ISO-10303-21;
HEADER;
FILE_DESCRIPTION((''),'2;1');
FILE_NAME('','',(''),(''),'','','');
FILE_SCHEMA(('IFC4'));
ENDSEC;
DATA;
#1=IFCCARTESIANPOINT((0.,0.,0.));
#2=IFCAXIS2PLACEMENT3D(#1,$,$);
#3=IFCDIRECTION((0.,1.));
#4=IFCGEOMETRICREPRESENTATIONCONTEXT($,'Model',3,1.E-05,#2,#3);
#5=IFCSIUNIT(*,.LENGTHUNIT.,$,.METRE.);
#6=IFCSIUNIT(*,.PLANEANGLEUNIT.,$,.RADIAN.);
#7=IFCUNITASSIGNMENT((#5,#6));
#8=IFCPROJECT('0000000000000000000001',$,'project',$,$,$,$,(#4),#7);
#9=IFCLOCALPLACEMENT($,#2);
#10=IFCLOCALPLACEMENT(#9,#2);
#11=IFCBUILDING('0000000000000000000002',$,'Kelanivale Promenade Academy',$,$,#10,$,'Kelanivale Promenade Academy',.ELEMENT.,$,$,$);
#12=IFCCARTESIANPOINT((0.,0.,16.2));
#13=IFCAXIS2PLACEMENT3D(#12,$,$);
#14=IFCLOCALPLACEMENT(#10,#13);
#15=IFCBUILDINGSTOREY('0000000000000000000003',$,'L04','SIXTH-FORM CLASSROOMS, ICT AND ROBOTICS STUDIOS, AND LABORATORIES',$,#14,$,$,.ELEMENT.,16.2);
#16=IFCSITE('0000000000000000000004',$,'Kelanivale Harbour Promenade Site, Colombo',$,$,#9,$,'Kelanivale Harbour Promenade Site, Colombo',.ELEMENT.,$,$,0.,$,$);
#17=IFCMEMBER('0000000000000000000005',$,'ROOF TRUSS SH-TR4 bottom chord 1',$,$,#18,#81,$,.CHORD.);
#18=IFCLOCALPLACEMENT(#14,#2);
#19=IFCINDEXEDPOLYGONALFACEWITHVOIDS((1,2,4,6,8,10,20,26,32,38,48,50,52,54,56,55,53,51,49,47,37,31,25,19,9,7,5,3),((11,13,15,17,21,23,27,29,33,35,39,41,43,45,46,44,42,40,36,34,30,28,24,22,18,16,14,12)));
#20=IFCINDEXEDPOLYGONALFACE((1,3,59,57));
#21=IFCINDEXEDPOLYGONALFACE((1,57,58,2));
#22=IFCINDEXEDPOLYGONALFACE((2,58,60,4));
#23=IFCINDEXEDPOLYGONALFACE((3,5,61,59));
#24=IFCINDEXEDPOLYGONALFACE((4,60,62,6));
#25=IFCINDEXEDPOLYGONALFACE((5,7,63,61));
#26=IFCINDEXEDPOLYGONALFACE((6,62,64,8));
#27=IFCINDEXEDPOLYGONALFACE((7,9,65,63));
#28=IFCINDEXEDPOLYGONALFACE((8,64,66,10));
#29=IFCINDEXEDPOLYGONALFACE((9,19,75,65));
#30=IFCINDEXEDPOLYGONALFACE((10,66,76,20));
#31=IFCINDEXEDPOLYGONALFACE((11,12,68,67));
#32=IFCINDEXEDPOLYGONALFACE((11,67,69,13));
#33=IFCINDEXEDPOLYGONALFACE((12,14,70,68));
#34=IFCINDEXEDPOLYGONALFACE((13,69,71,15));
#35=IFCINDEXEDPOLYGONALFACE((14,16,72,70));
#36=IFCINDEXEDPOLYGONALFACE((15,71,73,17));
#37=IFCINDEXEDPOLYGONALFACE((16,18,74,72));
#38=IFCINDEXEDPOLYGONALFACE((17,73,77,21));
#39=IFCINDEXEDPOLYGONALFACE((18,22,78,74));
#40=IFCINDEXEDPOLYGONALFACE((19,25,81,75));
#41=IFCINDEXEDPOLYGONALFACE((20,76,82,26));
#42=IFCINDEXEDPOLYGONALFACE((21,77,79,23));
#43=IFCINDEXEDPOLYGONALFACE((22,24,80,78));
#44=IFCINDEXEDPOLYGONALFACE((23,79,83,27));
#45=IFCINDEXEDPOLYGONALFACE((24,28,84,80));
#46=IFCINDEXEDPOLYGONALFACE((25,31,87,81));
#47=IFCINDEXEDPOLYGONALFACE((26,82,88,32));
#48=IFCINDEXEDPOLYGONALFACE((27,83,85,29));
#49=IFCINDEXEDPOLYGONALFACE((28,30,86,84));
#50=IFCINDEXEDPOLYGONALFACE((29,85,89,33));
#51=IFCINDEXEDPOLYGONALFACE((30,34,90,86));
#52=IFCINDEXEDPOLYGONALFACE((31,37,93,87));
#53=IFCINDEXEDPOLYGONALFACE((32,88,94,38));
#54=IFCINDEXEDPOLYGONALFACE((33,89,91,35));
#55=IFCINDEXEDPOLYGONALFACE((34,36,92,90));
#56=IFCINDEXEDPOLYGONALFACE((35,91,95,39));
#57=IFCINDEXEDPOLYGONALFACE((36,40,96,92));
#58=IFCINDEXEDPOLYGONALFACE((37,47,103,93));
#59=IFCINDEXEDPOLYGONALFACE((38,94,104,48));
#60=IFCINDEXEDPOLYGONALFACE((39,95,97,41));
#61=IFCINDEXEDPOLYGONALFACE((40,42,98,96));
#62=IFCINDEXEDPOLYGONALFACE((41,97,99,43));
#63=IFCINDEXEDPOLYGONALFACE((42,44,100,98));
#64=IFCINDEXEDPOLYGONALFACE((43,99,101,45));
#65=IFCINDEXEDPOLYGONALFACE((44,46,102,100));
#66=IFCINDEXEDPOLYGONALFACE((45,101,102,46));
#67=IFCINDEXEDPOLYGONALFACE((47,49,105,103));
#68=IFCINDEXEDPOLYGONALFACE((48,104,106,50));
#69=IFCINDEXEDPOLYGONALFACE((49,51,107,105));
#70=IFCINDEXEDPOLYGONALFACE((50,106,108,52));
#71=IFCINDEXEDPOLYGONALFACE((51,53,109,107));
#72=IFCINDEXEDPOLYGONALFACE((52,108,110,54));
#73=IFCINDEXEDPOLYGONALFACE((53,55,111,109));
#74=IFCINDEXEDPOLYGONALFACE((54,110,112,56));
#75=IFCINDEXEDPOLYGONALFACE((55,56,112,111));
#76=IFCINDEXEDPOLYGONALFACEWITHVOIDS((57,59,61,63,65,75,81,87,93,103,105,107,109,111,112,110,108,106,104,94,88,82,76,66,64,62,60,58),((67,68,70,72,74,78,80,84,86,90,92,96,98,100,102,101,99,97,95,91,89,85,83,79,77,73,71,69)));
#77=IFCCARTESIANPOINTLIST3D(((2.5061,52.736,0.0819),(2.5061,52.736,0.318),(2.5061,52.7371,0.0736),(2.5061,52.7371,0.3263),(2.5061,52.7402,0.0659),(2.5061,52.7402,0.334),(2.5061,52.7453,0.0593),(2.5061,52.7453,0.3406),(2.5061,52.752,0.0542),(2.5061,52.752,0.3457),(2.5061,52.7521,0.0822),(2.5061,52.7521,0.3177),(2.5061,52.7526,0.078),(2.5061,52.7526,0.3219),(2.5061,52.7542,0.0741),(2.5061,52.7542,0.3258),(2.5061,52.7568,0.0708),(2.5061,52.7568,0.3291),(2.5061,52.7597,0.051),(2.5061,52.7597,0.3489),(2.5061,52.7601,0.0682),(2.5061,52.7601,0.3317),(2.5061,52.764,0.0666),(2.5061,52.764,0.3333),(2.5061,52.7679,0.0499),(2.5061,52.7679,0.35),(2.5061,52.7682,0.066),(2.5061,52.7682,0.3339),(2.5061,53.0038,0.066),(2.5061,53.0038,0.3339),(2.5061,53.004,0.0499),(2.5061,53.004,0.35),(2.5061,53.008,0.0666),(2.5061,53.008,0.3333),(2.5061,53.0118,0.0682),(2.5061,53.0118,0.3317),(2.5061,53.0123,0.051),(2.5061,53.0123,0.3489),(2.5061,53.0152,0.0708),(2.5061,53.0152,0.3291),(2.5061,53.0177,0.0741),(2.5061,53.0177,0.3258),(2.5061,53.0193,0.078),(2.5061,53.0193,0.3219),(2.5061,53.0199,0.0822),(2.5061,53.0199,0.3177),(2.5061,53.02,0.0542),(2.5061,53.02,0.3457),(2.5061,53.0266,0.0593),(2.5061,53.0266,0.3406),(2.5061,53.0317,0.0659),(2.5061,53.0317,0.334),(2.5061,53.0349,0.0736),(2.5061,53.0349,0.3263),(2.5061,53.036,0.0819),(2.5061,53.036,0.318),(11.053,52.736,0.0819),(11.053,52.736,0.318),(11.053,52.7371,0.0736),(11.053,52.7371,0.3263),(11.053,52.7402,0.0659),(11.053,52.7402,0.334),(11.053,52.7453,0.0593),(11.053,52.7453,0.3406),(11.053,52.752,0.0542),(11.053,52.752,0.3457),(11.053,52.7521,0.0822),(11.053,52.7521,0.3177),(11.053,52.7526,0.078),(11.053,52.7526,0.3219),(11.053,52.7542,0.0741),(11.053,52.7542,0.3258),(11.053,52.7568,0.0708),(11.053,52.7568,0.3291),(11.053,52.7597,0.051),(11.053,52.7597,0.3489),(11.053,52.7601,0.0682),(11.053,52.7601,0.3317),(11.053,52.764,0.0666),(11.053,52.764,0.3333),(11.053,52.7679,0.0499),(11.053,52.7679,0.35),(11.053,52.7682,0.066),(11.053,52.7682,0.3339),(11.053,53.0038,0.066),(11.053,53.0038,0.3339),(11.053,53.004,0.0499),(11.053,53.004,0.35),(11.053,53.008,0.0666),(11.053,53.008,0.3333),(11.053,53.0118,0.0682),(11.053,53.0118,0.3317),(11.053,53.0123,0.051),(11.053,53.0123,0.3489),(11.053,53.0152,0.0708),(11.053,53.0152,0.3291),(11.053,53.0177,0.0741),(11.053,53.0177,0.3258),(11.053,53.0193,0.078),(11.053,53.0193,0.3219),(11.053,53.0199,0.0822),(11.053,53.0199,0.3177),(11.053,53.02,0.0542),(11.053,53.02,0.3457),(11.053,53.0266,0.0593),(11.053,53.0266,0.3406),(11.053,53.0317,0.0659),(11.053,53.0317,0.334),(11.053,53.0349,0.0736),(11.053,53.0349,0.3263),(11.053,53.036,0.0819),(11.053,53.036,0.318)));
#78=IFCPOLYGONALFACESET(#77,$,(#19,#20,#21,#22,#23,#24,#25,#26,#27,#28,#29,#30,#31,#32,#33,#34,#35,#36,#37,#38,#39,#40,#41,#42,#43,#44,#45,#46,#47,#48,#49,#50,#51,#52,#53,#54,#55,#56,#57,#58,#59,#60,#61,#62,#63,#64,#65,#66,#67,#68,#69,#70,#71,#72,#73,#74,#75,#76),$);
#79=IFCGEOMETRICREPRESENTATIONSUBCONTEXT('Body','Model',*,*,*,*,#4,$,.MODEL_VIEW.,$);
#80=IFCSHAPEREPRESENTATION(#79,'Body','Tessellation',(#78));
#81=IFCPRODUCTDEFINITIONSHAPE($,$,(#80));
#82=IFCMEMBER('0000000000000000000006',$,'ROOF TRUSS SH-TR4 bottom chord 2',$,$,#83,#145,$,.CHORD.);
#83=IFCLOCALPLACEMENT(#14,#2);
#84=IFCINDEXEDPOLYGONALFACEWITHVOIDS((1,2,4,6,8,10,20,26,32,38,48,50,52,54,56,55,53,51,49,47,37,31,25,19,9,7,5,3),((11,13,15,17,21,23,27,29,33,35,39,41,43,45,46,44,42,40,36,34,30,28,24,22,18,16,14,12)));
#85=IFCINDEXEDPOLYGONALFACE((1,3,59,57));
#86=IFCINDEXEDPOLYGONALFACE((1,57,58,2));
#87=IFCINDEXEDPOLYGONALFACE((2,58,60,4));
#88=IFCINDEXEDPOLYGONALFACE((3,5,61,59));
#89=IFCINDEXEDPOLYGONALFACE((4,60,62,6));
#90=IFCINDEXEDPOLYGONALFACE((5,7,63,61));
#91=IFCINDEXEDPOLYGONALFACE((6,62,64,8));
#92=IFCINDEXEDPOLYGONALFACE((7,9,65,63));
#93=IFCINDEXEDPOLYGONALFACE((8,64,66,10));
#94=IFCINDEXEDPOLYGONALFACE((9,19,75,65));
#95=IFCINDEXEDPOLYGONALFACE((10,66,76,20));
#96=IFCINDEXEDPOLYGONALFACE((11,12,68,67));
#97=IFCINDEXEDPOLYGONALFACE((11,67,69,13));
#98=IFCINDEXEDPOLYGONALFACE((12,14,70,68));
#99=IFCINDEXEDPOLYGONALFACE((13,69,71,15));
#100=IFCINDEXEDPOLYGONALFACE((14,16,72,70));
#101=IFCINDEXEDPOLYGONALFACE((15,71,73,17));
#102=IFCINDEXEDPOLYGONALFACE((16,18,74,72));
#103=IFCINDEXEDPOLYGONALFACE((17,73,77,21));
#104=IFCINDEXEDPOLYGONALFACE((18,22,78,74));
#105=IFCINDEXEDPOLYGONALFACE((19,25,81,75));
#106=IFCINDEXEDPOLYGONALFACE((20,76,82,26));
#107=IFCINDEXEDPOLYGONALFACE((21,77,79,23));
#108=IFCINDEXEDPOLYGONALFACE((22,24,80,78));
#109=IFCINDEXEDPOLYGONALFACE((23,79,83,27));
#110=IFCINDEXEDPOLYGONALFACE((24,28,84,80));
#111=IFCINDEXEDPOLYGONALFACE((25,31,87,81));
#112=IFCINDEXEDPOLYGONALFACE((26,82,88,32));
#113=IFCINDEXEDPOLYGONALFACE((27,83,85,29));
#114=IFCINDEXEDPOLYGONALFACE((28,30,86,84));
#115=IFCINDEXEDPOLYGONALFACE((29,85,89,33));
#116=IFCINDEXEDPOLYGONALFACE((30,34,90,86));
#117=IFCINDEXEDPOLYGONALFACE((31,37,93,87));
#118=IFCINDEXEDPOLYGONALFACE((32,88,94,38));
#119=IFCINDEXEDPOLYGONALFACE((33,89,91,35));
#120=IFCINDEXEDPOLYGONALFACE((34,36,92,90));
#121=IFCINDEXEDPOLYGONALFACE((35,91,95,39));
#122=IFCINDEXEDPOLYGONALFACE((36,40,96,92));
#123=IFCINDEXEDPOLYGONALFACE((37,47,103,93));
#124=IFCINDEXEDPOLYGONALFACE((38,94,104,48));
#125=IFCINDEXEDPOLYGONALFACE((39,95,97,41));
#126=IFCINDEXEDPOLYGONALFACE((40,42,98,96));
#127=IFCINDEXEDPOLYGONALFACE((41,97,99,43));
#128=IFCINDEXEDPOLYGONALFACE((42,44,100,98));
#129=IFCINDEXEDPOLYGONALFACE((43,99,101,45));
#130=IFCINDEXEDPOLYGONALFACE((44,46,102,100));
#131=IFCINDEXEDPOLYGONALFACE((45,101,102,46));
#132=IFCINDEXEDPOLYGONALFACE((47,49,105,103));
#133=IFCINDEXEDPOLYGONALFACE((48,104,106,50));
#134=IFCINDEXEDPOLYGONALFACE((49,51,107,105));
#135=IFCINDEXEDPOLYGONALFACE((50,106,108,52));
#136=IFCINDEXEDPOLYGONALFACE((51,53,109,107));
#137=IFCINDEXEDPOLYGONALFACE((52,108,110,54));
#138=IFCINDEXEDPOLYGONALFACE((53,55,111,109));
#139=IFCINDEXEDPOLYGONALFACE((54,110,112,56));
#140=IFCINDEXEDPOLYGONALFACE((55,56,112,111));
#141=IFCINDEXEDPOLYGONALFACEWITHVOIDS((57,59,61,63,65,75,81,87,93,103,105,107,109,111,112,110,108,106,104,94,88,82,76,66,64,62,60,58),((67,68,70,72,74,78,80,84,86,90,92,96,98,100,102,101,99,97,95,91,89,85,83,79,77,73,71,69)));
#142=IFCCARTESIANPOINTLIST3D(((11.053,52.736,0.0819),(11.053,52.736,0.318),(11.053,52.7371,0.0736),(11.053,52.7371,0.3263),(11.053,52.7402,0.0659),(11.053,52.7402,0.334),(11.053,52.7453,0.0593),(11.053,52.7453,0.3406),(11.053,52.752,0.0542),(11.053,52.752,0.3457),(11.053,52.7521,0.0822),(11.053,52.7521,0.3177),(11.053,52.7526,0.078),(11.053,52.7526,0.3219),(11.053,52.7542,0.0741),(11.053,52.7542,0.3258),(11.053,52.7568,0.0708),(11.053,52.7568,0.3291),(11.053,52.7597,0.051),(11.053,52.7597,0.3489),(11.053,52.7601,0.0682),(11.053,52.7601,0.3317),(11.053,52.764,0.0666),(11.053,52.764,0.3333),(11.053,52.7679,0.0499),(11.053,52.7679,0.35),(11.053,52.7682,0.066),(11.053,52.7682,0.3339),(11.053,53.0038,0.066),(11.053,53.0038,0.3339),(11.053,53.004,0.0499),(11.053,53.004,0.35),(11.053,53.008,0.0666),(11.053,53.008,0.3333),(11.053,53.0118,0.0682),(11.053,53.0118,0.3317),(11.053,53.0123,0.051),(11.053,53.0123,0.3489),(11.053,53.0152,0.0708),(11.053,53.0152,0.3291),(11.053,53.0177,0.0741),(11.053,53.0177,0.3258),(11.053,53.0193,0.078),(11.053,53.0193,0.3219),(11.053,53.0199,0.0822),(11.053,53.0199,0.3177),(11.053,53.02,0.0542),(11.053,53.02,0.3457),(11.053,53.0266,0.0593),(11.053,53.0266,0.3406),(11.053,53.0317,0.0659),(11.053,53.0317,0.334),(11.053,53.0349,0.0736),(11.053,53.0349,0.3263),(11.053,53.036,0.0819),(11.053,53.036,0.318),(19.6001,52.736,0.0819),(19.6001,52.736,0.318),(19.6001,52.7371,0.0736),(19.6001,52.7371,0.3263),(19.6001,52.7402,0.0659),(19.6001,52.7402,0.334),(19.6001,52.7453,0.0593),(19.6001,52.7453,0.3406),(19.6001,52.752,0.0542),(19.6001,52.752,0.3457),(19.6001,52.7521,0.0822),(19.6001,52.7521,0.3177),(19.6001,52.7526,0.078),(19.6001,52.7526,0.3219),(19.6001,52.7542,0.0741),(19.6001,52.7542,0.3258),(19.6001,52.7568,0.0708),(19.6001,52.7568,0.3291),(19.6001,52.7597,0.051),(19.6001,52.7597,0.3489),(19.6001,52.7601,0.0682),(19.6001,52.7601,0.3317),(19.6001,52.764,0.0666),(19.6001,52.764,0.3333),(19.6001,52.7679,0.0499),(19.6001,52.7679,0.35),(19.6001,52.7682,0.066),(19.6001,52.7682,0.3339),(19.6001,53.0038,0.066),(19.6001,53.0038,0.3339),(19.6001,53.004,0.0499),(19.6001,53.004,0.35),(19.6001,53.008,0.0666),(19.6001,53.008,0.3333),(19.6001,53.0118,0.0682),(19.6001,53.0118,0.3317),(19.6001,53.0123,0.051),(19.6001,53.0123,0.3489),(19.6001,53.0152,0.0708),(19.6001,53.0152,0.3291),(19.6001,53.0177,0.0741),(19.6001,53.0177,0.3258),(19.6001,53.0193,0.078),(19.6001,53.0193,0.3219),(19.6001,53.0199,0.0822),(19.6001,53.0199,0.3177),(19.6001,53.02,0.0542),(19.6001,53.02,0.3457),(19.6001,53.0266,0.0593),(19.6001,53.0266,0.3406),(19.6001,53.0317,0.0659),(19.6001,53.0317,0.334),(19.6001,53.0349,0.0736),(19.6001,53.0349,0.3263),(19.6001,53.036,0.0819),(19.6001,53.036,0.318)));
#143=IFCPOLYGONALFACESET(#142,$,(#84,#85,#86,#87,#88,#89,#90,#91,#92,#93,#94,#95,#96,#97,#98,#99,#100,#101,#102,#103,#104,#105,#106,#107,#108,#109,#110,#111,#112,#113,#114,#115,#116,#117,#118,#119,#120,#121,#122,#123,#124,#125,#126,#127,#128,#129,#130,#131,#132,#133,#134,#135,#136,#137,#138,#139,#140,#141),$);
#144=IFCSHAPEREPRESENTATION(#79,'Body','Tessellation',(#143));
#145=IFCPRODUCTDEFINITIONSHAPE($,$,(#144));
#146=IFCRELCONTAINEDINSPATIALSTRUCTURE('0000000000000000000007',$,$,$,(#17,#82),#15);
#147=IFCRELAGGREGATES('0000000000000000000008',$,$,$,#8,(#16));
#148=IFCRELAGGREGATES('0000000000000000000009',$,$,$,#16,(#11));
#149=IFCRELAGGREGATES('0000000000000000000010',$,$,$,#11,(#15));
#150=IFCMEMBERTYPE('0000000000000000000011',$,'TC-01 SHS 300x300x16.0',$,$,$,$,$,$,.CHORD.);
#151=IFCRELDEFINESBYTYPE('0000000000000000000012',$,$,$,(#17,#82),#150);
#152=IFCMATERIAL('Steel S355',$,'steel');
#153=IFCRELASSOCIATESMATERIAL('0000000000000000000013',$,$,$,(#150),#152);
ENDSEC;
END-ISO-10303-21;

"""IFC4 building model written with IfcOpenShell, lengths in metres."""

from ifc_helpers import new_model, si_unit, direction, frame, origin, origin_2d, place, context, subcontext, project, spatial, hollow_rectangle, extrude, material, material_profile, profile_set, type_object, element, save


model = new_model("IFC4")

# Units and contexts
model_context = context("Model", 3, precision=1e-05, world=origin(), true_north=direction((0.0, 1.0)))
body_context = subcontext(model_context, "Body", "Model", "MODEL_VIEW")
ifc_project = project(units=[si_unit("LENGTHUNIT", "METRE"), si_unit("PLANEANGLEUNIT", "RADIAN")], contexts=[model_context])

# Site, building, storey
site_placement = place(None, origin())
site = spatial("IfcSite", under=ifc_project, at=site_placement, Name="Kelanivale Harbour Promenade Site, Colombo", LongName="Kelanivale Harbour Promenade Site, Colombo", CompositionType="ELEMENT", RefElevation=0.0)
building_placement = place(site_placement, origin())
building = spatial("IfcBuilding", under=site, at=building_placement, Name="Kelanivale Promenade Academy", LongName="Kelanivale Promenade Academy", CompositionType="ELEMENT")
storey_placement = place(building_placement, frame((0.0, 0.0, 16.2)))
storey = spatial("IfcBuildingStorey", under=building, at=storey_placement, Name="L04", Description="SIXTH-FORM CLASSROOMS, ICT AND ROBOTICS STUDIOS, AND LABORATORIES", CompositionType="ELEMENT", Elevation=16.2)

# Shared definitions
ifc_material_1 = material(Name="Steel S355", Category="steel")

# Members
ifc_material_profile_1 = material_profile(ifc_material_1, hollow_rectangle(XDim=0.3, YDim=0.3, WallThickness=0.0161, InnerFilletRadius=0.0161, OuterFilletRadius=0.032, at=origin_2d()), Name="SHS 300x300x16.0")
ifc_profile_set_1 = profile_set([ifc_material_profile_1], Name="Steel S355")
member_type_1 = type_object("IfcMemberType", Name="TC-01 SHS 300x300x16.0", PredefinedType="CHORD", material=ifc_profile_set_1)
member_1_placement = place(storey_placement, frame((2.5061, 52.886, 0.2), z_axis=(1.0, 0.0, 0.0), x_axis=(0.0, 1.0, 0.0)))
element("IfcMember", 1, at=member_1_placement, inside=storey, type_object=member_type_1, Name="ROOF TRUSS SH-TR4 bottom chord 1", PredefinedType="CHORD", context=body_context, shape_type="SweptSolid", body=[
    extrude(hollow_rectangle(XDim=0.3, YDim=0.3, WallThickness=0.0161, InnerFilletRadius=0.0161, OuterFilletRadius=0.032, at=origin_2d()), origin(), (0.0, 0.0, 1.0), 8.5469),
])
member_2_placement = place(storey_placement, frame((11.053, 52.886, 0.2), z_axis=(1.0, 0.0, 0.0), x_axis=(0.0, 1.0, 0.0)))
element("IfcMember", 2, at=member_2_placement, inside=storey, type_object=member_type_1, Name="ROOF TRUSS SH-TR4 bottom chord 2", PredefinedType="CHORD", context=body_context, shape_type="SweptSolid", body=[
    extrude(hollow_rectangle(XDim=0.3, YDim=0.3, WallThickness=0.0161, InnerFilletRadius=0.0161, OuterFilletRadius=0.032, at=origin_2d()), origin(), (0.0, 0.0, 1.0), 8.5471),
])

save(model, "model.ifc")
